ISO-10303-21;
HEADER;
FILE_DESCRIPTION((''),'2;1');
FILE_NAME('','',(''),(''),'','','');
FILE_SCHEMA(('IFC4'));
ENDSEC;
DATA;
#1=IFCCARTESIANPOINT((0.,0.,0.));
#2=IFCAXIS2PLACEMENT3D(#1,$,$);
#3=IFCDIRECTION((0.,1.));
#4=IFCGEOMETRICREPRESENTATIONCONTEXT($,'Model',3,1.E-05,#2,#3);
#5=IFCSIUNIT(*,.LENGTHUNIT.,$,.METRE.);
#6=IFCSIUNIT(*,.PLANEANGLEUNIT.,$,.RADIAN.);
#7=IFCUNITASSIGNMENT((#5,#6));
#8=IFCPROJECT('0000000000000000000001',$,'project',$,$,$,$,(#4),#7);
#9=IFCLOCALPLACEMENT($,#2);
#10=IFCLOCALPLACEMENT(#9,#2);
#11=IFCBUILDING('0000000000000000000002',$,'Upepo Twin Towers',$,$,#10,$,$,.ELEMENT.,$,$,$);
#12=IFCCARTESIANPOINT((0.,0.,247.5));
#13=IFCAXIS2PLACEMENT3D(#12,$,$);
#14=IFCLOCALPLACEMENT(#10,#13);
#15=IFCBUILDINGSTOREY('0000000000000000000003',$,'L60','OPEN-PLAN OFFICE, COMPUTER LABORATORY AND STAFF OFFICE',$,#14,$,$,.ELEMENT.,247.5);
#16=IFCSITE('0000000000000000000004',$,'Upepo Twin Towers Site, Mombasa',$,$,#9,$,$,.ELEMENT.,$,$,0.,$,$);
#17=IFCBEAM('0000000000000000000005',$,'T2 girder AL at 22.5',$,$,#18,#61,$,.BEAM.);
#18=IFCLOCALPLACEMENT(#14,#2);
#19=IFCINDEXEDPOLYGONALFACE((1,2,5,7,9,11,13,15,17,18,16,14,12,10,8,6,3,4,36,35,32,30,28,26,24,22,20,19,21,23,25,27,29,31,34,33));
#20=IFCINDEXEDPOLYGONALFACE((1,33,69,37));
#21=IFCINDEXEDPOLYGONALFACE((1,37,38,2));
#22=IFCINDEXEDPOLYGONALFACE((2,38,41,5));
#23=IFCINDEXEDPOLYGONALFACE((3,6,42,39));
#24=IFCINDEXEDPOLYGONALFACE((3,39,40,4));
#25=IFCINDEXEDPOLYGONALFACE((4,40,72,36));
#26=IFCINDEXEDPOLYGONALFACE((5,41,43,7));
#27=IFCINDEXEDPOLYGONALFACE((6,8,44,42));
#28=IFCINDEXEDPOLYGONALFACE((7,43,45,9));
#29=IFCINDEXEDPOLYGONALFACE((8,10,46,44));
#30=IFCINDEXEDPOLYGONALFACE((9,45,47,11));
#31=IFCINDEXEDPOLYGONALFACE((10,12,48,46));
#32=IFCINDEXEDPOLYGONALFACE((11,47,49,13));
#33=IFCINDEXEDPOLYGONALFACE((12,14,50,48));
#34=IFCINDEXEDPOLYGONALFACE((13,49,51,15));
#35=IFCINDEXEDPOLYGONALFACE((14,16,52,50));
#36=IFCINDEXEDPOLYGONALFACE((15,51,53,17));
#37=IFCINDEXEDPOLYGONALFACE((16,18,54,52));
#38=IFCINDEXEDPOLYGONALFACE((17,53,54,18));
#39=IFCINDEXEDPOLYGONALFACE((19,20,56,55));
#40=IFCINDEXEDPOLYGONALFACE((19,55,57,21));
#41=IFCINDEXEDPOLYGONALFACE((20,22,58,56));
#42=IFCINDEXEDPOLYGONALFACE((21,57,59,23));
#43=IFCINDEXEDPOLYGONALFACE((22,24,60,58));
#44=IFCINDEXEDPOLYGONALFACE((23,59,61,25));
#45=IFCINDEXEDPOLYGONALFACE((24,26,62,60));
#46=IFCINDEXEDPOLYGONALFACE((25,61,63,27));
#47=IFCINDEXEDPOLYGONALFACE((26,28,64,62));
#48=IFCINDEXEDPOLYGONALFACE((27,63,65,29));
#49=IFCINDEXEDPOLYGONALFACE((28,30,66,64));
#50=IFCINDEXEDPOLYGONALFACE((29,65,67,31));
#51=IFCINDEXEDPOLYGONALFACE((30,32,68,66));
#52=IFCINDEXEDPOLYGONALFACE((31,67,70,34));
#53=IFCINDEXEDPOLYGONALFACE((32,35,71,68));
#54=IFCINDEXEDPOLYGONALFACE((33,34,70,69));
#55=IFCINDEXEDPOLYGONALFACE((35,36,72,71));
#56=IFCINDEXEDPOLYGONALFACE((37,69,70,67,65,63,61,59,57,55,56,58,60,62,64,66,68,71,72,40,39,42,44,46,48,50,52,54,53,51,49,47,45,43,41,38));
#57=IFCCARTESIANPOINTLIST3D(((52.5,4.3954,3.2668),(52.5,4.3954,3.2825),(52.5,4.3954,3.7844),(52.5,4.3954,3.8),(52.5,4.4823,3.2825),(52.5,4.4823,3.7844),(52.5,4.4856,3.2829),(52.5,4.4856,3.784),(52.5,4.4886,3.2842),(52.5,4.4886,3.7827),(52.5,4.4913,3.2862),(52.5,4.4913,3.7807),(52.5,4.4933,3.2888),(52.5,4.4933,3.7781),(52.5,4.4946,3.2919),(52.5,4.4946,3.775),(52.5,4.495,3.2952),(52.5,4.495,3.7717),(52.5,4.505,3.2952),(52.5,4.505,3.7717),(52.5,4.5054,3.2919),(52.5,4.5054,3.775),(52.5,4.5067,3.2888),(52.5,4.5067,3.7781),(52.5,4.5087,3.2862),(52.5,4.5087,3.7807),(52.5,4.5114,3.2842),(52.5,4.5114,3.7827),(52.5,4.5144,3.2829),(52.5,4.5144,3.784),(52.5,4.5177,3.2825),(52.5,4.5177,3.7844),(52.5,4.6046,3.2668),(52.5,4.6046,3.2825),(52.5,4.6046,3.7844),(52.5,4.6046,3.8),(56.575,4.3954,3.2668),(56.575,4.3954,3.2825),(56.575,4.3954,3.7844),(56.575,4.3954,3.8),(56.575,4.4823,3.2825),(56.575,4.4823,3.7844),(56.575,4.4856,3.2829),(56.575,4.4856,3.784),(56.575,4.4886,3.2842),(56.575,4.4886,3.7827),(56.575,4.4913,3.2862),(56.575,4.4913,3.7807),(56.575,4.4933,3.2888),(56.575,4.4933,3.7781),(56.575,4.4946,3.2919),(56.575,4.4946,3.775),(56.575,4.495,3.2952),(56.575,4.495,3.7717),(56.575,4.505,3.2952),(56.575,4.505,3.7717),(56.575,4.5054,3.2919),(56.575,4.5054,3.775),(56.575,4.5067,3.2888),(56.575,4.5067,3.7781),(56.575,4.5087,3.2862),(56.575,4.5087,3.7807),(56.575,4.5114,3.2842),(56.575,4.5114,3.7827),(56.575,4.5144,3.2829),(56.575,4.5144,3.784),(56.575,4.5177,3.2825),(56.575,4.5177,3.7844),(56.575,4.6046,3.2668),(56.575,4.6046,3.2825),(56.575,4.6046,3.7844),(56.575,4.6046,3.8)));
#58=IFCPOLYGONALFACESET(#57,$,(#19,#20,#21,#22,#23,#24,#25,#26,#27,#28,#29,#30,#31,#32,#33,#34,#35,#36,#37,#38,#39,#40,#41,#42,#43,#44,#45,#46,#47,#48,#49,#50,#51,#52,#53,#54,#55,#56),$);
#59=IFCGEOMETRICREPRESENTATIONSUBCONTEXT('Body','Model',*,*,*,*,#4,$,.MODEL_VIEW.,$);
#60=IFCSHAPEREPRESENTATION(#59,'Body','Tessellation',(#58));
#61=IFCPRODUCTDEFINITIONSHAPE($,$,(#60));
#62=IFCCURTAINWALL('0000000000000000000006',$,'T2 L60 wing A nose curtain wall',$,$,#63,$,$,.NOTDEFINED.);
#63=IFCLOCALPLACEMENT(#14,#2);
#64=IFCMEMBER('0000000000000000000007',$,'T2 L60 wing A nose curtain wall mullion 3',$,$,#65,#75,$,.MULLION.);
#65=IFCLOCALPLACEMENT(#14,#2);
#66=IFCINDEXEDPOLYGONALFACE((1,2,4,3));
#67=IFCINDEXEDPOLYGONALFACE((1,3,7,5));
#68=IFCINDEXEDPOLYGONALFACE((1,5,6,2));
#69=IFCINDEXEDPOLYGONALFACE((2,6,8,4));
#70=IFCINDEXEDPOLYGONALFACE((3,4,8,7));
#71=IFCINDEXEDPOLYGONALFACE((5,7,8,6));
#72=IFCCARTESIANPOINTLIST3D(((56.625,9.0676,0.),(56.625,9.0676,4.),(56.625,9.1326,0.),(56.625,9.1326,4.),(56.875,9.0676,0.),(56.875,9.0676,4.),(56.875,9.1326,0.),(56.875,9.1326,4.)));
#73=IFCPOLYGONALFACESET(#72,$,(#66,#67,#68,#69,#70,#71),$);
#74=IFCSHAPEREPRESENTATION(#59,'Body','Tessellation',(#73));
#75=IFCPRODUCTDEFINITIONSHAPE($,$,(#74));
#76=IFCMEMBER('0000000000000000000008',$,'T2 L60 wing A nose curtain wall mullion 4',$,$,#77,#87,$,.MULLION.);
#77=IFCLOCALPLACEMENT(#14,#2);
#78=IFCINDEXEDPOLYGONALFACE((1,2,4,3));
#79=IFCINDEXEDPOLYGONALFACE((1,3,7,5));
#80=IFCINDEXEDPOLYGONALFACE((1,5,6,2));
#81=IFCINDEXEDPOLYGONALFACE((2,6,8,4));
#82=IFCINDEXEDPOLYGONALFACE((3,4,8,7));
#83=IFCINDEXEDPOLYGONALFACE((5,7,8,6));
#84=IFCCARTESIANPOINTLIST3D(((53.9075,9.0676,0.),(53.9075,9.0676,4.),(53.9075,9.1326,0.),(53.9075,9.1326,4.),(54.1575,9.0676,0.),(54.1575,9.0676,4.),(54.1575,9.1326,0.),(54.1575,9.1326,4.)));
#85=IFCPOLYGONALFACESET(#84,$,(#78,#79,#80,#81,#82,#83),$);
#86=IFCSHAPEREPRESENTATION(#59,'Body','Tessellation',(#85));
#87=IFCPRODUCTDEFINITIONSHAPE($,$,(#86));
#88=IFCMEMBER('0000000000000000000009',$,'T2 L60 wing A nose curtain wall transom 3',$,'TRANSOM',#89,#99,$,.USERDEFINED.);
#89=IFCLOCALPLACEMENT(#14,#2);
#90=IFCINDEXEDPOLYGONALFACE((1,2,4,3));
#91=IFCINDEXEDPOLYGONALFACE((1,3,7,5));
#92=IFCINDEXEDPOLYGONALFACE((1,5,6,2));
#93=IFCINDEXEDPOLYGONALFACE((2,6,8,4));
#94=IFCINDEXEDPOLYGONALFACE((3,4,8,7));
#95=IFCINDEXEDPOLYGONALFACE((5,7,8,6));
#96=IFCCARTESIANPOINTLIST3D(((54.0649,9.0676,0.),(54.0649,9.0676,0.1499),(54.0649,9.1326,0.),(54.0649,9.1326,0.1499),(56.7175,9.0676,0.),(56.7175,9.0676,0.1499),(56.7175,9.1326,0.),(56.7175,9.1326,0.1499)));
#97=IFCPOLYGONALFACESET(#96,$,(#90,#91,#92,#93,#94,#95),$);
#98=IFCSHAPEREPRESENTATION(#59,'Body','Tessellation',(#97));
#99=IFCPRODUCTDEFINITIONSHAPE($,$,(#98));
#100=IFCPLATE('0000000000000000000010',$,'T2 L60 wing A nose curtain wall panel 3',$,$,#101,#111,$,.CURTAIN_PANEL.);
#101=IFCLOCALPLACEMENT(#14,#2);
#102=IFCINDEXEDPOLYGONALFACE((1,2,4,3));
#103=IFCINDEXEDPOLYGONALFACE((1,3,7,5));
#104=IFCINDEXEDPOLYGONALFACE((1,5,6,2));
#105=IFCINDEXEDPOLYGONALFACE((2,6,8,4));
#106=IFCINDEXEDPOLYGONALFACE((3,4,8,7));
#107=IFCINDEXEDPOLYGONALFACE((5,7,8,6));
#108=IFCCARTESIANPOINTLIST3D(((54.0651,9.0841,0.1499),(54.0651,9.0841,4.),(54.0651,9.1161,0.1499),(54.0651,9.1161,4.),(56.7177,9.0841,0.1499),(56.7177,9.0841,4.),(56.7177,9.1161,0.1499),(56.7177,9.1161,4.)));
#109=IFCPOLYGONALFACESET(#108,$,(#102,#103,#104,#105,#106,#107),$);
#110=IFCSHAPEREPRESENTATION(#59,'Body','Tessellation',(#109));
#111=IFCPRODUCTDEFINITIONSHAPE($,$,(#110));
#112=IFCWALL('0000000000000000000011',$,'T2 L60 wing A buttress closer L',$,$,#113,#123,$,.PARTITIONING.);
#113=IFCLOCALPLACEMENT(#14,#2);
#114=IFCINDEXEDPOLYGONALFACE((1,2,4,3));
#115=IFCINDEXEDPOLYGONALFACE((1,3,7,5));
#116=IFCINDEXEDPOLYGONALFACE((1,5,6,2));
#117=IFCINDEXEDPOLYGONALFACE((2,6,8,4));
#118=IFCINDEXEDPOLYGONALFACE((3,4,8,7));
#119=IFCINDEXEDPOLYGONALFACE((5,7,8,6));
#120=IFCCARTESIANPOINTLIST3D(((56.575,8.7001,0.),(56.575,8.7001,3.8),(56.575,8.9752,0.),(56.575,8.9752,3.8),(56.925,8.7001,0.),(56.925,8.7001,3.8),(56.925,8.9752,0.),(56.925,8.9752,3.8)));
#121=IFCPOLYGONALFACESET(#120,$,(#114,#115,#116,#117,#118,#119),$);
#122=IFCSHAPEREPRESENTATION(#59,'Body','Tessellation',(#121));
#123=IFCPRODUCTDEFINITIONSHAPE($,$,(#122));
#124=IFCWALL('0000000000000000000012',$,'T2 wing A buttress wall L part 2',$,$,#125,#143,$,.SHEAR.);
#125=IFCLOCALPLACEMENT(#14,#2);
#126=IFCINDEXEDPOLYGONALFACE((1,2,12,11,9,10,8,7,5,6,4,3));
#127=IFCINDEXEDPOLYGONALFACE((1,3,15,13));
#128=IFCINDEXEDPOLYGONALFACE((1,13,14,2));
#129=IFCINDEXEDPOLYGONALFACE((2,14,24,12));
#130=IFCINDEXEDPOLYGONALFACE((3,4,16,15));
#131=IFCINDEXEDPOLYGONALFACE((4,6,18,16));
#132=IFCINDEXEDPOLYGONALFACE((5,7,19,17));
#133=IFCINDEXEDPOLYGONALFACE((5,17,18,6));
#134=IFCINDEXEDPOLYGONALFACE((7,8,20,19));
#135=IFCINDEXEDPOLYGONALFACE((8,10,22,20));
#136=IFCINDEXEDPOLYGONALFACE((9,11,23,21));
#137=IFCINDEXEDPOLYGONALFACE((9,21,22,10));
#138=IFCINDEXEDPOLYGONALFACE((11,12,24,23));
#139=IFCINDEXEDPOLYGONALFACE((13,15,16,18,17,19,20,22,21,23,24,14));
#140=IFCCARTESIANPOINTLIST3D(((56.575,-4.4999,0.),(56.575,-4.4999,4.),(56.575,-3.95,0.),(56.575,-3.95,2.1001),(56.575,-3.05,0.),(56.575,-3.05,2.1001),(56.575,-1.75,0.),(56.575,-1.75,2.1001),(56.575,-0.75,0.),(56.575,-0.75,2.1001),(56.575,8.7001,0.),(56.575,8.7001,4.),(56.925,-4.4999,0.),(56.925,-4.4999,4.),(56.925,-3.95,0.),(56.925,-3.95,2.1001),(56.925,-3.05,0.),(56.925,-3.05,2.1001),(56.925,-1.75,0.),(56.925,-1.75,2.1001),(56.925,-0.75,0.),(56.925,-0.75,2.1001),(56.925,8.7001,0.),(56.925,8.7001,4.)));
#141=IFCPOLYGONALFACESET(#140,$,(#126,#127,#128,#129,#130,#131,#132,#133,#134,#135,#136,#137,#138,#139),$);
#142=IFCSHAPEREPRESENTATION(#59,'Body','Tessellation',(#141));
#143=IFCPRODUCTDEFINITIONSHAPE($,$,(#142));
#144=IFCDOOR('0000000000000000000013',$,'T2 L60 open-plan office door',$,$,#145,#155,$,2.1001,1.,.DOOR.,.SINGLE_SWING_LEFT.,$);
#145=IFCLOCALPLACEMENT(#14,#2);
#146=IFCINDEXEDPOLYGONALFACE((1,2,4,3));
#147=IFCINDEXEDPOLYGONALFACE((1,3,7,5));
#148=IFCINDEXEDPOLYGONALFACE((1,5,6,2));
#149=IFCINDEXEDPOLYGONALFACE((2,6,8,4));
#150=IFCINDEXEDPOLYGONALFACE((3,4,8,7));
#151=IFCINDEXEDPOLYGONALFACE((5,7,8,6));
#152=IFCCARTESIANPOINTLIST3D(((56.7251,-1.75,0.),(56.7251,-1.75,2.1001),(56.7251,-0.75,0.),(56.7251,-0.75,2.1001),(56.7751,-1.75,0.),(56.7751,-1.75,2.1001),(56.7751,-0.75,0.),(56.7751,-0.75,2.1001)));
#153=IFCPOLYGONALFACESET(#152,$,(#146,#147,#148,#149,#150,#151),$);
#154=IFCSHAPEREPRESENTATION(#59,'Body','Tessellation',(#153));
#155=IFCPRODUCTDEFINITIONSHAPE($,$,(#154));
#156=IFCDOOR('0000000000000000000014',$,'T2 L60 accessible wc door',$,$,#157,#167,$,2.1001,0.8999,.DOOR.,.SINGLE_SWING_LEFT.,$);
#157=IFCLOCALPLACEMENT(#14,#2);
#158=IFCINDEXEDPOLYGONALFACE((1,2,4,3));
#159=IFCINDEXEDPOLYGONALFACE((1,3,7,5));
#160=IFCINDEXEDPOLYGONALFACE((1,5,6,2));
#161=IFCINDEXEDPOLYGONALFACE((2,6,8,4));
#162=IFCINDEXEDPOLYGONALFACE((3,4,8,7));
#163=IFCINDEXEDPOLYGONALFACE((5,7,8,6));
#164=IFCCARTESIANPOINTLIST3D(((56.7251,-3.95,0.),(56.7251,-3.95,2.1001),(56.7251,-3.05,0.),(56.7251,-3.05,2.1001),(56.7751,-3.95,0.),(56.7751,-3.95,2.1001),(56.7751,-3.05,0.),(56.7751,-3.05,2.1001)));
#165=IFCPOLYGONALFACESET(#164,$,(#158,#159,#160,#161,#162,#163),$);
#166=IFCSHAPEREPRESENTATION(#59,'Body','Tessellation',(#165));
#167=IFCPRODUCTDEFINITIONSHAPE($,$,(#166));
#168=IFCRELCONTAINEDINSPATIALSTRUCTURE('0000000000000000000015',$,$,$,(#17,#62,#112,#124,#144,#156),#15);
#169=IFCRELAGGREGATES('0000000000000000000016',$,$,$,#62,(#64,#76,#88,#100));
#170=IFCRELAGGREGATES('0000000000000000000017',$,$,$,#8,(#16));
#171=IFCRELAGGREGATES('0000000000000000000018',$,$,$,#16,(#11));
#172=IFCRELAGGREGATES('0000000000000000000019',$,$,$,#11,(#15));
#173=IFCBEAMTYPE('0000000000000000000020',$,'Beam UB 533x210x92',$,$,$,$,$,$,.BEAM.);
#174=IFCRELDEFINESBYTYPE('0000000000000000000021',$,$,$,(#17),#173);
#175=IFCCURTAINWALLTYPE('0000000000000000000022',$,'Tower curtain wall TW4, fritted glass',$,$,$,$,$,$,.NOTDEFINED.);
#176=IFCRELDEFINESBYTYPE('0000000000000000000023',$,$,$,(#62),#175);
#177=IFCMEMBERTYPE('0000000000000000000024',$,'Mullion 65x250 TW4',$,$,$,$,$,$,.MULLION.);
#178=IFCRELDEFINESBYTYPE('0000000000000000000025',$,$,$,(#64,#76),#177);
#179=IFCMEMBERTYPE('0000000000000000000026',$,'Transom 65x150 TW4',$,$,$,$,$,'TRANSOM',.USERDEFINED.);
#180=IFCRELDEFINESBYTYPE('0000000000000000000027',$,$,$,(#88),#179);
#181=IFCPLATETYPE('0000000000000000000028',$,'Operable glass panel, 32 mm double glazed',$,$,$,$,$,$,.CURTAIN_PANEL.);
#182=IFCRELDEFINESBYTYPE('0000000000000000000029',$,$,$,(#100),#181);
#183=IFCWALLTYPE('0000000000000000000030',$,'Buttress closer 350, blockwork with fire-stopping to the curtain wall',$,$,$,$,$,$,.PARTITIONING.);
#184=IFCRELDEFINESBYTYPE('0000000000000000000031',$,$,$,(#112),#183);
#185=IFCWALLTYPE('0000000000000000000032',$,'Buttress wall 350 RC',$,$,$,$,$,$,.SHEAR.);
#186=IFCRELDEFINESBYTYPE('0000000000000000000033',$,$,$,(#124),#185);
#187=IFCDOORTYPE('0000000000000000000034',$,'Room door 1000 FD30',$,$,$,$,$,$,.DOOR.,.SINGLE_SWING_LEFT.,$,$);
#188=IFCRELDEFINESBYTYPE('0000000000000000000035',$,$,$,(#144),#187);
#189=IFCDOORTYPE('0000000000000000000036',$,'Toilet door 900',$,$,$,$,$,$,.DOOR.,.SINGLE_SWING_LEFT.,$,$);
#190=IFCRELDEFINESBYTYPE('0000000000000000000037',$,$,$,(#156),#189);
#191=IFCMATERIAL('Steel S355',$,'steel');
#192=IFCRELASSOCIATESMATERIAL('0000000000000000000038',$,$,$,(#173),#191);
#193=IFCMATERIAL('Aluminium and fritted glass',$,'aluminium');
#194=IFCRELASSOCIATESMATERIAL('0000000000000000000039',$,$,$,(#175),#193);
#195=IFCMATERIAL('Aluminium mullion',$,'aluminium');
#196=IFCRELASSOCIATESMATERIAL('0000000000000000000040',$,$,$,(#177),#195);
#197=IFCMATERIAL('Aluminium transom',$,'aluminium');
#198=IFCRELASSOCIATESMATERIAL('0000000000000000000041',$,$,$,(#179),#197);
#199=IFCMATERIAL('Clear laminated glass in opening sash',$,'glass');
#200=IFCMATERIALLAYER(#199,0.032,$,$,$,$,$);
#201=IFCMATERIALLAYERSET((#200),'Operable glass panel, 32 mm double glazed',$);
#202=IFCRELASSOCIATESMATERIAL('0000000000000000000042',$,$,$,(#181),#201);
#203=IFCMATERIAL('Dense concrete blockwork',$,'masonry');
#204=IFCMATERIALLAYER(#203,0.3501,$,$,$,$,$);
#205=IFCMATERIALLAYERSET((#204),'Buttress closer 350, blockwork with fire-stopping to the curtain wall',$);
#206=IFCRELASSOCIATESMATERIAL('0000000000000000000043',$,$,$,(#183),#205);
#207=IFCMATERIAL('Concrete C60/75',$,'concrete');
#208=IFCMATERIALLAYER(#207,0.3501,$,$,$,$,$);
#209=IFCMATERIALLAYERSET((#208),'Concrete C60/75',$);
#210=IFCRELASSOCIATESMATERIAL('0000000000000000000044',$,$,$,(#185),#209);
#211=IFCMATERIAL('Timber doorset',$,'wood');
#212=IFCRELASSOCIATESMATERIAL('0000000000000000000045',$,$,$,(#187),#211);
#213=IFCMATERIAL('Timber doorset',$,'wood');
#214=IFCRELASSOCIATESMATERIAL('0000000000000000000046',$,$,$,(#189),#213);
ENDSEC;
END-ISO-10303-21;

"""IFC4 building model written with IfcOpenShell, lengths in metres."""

from ifc_helpers import new_model, si_unit, direction, frame, frame_2d, origin, origin_2d, place, context, subcontext, project, spatial, rectangle, i_section, extrude, material, layer, layer_set, material_profile, profile_set, type_object, element, fill, aggregate, save


model = new_model("IFC4")

# Units and contexts
model_context = context("Model", 3, precision=1e-05, world=origin(), true_north=direction((0.0, 1.0)))
body_context = subcontext(model_context, "Body", "Model", "MODEL_VIEW")
ifc_project = project(units=[si_unit("LENGTHUNIT", "METRE"), si_unit("PLANEANGLEUNIT", "RADIAN")], contexts=[model_context])

# Site, building, storey
site_placement = place(None, origin())
site = spatial("IfcSite", under=ifc_project, at=site_placement, Name="Upepo Twin Towers Site, Mombasa", CompositionType="ELEMENT", RefElevation=0.0)
building_placement = place(site_placement, origin())
building = spatial("IfcBuilding", under=site, at=building_placement, Name="Upepo Twin Towers", CompositionType="ELEMENT")
storey_placement = place(building_placement, frame((0.0, 0.0, 247.5)))
storey = spatial("IfcBuildingStorey", under=building, at=storey_placement, Name="L60", Description="OPEN-PLAN OFFICE, COMPUTER LABORATORY AND STAFF OFFICE", CompositionType="ELEMENT", Elevation=247.5)

# Beam
ifc_material_1 = material(Name="Steel S355", Category="steel")
ifc_material_profile_1 = material_profile(ifc_material_1, i_section(OverallWidth=0.2092, OverallDepth=0.5332, WebThickness=0.01, FlangeThickness=0.0156, FilletRadius=0.0127, at=origin_2d()), Name="UB 533x210x92")
ifc_profile_set_1 = profile_set([ifc_material_profile_1], Name="Steel S355")
beam_type_1 = type_object("IfcBeamType", Name="Beam UB 533x210x92", PredefinedType="BEAM", material=ifc_profile_set_1)
beam_1_placement = place(storey_placement, frame((52.5, 4.5, 3.5334), z_axis=(1.0, 0.0, 0.0), x_axis=(0.0, 1.0, 0.0)))
element("IfcBeam", 1, at=beam_1_placement, inside=storey, type_object=beam_type_1, Name="T2 girder AL at 22.5", PredefinedType="BEAM", context=body_context, shape_type="SweptSolid", body=[
    extrude(i_section(OverallWidth=0.2092, OverallDepth=0.5332, WebThickness=0.01, FlangeThickness=0.0156, FilletRadius=0.0127, at=origin_2d()), origin(), (0.0, 0.0, 1.0), 4.075),
])

# Curtain wall, members, plate
ifc_material_2 = material(Name="Aluminium and fritted glass", Category="aluminium")
curtain_wall_type = type_object("IfcCurtainWallType", Name="Tower curtain wall TW4, fritted glass", PredefinedType="NOTDEFINED", material=ifc_material_2)
curtain_wall_placement = place(storey_placement, origin())
curtain_wall = element("IfcCurtainWall", 2, at=curtain_wall_placement, inside=storey, type_object=curtain_wall_type, Name="T2 L60 wing A nose curtain wall", PredefinedType="NOTDEFINED")
ifc_material_3 = material(Name="Aluminium mullion", Category="aluminium")
ifc_material_profile_2 = material_profile(ifc_material_3, rectangle(XDim=0.0649, YDim=0.25, at=origin_2d()), Name="MULLION 65x250")
ifc_profile_set_2 = profile_set([ifc_material_profile_2], Name="Aluminium mullion")
member_type_1 = type_object("IfcMemberType", Name="Mullion 65x250 TW4", PredefinedType="MULLION", material=ifc_profile_set_2)
member_1_placement = place(storey_placement, frame((56.75, 9.1001, 0.0), z_axis=(0.0, 0.0, 1.0), x_axis=(0.0, -1.0, 0.0)))
member_1 = element("IfcMember", 3, at=member_1_placement, type_object=member_type_1, Name="T2 L60 wing A nose curtain wall mullion 3", PredefinedType="MULLION", context=body_context, shape_type="SweptSolid", body=[
    extrude(rectangle(XDim=0.0649, YDim=0.25, at=origin_2d()), origin(), (0.0, 0.0, 1.0), 4.0),
])
member_2_placement = place(storey_placement, frame((54.0325, 9.1001, 0.0), z_axis=(0.0, 0.0, 1.0), x_axis=(0.0, -1.0, 0.0)))
member_2 = element("IfcMember", 4, at=member_2_placement, type_object=member_type_1, Name="T2 L60 wing A nose curtain wall mullion 4", PredefinedType="MULLION", context=body_context, shape_type="SweptSolid", body=[
    extrude(rectangle(XDim=0.0649, YDim=0.25, at=origin_2d()), origin(), (0.0, 0.0, 1.0), 4.0),
])
ifc_material_4 = material(Name="Aluminium transom", Category="aluminium")
ifc_material_profile_3 = material_profile(ifc_material_4, rectangle(XDim=0.0649, YDim=0.1499, at=origin_2d()), Name="TRANSOM 65x150")
ifc_profile_set_3 = profile_set([ifc_material_profile_3], Name="Aluminium transom")
member_type_2 = type_object("IfcMemberType", Name="Transom 65x150 TW4", ElementType="TRANSOM", PredefinedType="USERDEFINED", material=ifc_profile_set_3)
member_3_placement = place(storey_placement, frame((56.7175, 9.1001, 0.075), z_axis=(-1.0, 0.0, 0.0), x_axis=(0.0, -1.0, 0.0)))
member_3 = element("IfcMember", 5, at=member_3_placement, type_object=member_type_2, Name="T2 L60 wing A nose curtain wall transom 3", ObjectType="TRANSOM", PredefinedType="USERDEFINED", context=body_context, shape_type="SweptSolid", body=[
    extrude(rectangle(XDim=0.0649, YDim=0.1499, at=origin_2d()), origin(), (0.0, 0.0, 1.0), 2.6526),
])
ifc_material_5 = material(Name="Clear laminated glass in opening sash", Category="glass")
ifc_layer_1 = layer(ifc_material_5, 0.032)
ifc_layer_set_1 = layer_set([ifc_layer_1], Name="Operable glass panel, 32 mm double glazed")
plate_type = type_object("IfcPlateType", Name="Operable glass panel, 32 mm double glazed", PredefinedType="CURTAIN_PANEL", material=ifc_layer_set_1)
plate_placement = place(storey_placement, frame((55.3914, 9.1001, 0.1499), z_axis=(0.0, 0.0, 1.0), x_axis=(-1.0, 0.0, 0.0)))
plate = element("IfcPlate", 6, at=plate_placement, type_object=plate_type, Name="T2 L60 wing A nose curtain wall panel 3", PredefinedType="CURTAIN_PANEL", context=body_context, shape_type="SweptSolid", body=[
    extrude(rectangle(XDim=2.6526, YDim=0.032, at=origin_2d()), origin(), (0.0, 0.0, 1.0), 3.8501),
])
aggregate(curtain_wall, [member_1, member_2, member_3, plate])

# Wall
ifc_material_6 = material(Name="Dense concrete blockwork", Category="masonry")
ifc_layer_2 = layer(ifc_material_6, 0.3501)
ifc_layer_set_2 = layer_set([ifc_layer_2], Name="Buttress closer 350, blockwork with fire-stopping to the curtain wall")
wall_type_1 = type_object("IfcWallType", Name="Buttress closer 350, blockwork with fire-stopping to the curtain wall", PredefinedType="PARTITIONING", material=ifc_layer_set_2)
wall_1_placement = place(storey_placement, frame((56.75, 8.7, 0.0), z_axis=(0.0, 0.0, 1.0), x_axis=(0.0, 1.0, 0.0)))
element("IfcWall", 7, at=wall_1_placement, inside=storey, type_object=wall_type_1, Name="T2 L60 wing A buttress closer L", PredefinedType="PARTITIONING", context=body_context, shape_type="SweptSolid", body=[
    extrude(rectangle(XDim=0.2751, YDim=0.3501, at=frame_2d((0.1377, 0.0))), origin(), (0.0, 0.0, 1.0), 3.8),
])

# Wall, openings, doors
ifc_material_7 = material(Name="Concrete C60/75", Category="concrete")
ifc_layer_3 = layer(ifc_material_7, 0.3501)
ifc_layer_set_3 = layer_set([ifc_layer_3], Name="Concrete C60/75")
wall_type_2 = type_object("IfcWallType", Name="Buttress wall 350 RC", PredefinedType="SHEAR", material=ifc_layer_set_3)
wall_2_placement = place(storey_placement, frame((56.75, -4.5, 0.0), z_axis=(0.0, 0.0, 1.0), x_axis=(0.0, 1.0, 0.0)))
wall_2 = element("IfcWall", 8, at=wall_2_placement, inside=storey, type_object=wall_type_2, Name="T2 wing A buttress wall L part 2", PredefinedType="SHEAR", context=body_context, shape_type="SweptSolid", body=[
    extrude(rectangle(XDim=13.2, YDim=0.3501, at=frame_2d((6.6001, 0.0))), origin(), (0.0, 0.0, 1.0), 4.0),
])
opening_1_placement = place(wall_2_placement, frame((0.55, 0.0, 0.0)))
opening_1 = element("IfcOpeningElement", 9, at=opening_1_placement, cuts=wall_2, PredefinedType="OPENING", context=body_context, shape_type="SweptSolid", body=[
    extrude(rectangle(XDim=0.8999, YDim=2.1001, at=frame_2d((0.45, 1.05))), frame((0.0, 0.1851, 0.0), z_axis=(0.0, -1.0, 0.0), x_axis=(1.0, 0.0, 0.0)), (0.0, 0.0, 1.0), 0.3701),
])
opening_2_placement = place(wall_2_placement, frame((2.75, 0.0, 0.0)))
opening_2 = element("IfcOpeningElement", 10, at=opening_2_placement, cuts=wall_2, PredefinedType="OPENING", context=body_context, shape_type="SweptSolid", body=[
    extrude(rectangle(XDim=1.0, YDim=2.1001, at=frame_2d((0.5, 1.05))), frame((0.0, 0.1851, 0.0), z_axis=(0.0, -1.0, 0.0), x_axis=(1.0, 0.0, 0.0)), (0.0, 0.0, 1.0), 0.3701),
])
ifc_material_8 = material(Name="Timber doorset", Category="wood")
door_type_1 = type_object("IfcDoorType", Name="Room door 1000 FD30", OperationType="SINGLE_SWING_LEFT", PredefinedType="DOOR", material=ifc_material_8)
door_1_placement = place(opening_2_placement, origin())
door_1 = element("IfcDoor", 11, at=door_1_placement, inside=storey, type_object=door_type_1, Name="T2 L60 open-plan office door", OperationType="SINGLE_SWING_LEFT", OverallHeight=2.1001, OverallWidth=1.0, PredefinedType="DOOR", context=body_context, shape_type="SweptSolid", body=[
    extrude(rectangle(XDim=1.0, YDim=2.1001, at=frame_2d((0.5, 1.05))), frame((0.0, 0.0249, 0.0), z_axis=(0.0, -1.0, 0.0), x_axis=(1.0, 0.0, 0.0)), (0.0, 0.0, 1.0), 0.05),
])
fill(opening_2, door_1)
ifc_material_9 = material(Name="Timber doorset", Category="wood")
door_type_2 = type_object("IfcDoorType", Name="Toilet door 900", OperationType="SINGLE_SWING_LEFT", PredefinedType="DOOR", material=ifc_material_9)
door_2_placement = place(opening_1_placement, origin())
door_2 = element("IfcDoor", 12, at=door_2_placement, inside=storey, type_object=door_type_2, Name="T2 L60 accessible wc door", OperationType="SINGLE_SWING_LEFT", OverallHeight=2.1001, OverallWidth=0.8999, PredefinedType="DOOR", context=body_context, shape_type="SweptSolid", body=[
    extrude(rectangle(XDim=0.8999, YDim=2.1001, at=frame_2d((0.45, 1.05))), frame((0.0, 0.0249, 0.0), z_axis=(0.0, -1.0, 0.0), x_axis=(1.0, 0.0, 0.0)), (0.0, 0.0, 1.0), 0.05),
])
fill(opening_1, door_2)

save(model, "model.ifc")
